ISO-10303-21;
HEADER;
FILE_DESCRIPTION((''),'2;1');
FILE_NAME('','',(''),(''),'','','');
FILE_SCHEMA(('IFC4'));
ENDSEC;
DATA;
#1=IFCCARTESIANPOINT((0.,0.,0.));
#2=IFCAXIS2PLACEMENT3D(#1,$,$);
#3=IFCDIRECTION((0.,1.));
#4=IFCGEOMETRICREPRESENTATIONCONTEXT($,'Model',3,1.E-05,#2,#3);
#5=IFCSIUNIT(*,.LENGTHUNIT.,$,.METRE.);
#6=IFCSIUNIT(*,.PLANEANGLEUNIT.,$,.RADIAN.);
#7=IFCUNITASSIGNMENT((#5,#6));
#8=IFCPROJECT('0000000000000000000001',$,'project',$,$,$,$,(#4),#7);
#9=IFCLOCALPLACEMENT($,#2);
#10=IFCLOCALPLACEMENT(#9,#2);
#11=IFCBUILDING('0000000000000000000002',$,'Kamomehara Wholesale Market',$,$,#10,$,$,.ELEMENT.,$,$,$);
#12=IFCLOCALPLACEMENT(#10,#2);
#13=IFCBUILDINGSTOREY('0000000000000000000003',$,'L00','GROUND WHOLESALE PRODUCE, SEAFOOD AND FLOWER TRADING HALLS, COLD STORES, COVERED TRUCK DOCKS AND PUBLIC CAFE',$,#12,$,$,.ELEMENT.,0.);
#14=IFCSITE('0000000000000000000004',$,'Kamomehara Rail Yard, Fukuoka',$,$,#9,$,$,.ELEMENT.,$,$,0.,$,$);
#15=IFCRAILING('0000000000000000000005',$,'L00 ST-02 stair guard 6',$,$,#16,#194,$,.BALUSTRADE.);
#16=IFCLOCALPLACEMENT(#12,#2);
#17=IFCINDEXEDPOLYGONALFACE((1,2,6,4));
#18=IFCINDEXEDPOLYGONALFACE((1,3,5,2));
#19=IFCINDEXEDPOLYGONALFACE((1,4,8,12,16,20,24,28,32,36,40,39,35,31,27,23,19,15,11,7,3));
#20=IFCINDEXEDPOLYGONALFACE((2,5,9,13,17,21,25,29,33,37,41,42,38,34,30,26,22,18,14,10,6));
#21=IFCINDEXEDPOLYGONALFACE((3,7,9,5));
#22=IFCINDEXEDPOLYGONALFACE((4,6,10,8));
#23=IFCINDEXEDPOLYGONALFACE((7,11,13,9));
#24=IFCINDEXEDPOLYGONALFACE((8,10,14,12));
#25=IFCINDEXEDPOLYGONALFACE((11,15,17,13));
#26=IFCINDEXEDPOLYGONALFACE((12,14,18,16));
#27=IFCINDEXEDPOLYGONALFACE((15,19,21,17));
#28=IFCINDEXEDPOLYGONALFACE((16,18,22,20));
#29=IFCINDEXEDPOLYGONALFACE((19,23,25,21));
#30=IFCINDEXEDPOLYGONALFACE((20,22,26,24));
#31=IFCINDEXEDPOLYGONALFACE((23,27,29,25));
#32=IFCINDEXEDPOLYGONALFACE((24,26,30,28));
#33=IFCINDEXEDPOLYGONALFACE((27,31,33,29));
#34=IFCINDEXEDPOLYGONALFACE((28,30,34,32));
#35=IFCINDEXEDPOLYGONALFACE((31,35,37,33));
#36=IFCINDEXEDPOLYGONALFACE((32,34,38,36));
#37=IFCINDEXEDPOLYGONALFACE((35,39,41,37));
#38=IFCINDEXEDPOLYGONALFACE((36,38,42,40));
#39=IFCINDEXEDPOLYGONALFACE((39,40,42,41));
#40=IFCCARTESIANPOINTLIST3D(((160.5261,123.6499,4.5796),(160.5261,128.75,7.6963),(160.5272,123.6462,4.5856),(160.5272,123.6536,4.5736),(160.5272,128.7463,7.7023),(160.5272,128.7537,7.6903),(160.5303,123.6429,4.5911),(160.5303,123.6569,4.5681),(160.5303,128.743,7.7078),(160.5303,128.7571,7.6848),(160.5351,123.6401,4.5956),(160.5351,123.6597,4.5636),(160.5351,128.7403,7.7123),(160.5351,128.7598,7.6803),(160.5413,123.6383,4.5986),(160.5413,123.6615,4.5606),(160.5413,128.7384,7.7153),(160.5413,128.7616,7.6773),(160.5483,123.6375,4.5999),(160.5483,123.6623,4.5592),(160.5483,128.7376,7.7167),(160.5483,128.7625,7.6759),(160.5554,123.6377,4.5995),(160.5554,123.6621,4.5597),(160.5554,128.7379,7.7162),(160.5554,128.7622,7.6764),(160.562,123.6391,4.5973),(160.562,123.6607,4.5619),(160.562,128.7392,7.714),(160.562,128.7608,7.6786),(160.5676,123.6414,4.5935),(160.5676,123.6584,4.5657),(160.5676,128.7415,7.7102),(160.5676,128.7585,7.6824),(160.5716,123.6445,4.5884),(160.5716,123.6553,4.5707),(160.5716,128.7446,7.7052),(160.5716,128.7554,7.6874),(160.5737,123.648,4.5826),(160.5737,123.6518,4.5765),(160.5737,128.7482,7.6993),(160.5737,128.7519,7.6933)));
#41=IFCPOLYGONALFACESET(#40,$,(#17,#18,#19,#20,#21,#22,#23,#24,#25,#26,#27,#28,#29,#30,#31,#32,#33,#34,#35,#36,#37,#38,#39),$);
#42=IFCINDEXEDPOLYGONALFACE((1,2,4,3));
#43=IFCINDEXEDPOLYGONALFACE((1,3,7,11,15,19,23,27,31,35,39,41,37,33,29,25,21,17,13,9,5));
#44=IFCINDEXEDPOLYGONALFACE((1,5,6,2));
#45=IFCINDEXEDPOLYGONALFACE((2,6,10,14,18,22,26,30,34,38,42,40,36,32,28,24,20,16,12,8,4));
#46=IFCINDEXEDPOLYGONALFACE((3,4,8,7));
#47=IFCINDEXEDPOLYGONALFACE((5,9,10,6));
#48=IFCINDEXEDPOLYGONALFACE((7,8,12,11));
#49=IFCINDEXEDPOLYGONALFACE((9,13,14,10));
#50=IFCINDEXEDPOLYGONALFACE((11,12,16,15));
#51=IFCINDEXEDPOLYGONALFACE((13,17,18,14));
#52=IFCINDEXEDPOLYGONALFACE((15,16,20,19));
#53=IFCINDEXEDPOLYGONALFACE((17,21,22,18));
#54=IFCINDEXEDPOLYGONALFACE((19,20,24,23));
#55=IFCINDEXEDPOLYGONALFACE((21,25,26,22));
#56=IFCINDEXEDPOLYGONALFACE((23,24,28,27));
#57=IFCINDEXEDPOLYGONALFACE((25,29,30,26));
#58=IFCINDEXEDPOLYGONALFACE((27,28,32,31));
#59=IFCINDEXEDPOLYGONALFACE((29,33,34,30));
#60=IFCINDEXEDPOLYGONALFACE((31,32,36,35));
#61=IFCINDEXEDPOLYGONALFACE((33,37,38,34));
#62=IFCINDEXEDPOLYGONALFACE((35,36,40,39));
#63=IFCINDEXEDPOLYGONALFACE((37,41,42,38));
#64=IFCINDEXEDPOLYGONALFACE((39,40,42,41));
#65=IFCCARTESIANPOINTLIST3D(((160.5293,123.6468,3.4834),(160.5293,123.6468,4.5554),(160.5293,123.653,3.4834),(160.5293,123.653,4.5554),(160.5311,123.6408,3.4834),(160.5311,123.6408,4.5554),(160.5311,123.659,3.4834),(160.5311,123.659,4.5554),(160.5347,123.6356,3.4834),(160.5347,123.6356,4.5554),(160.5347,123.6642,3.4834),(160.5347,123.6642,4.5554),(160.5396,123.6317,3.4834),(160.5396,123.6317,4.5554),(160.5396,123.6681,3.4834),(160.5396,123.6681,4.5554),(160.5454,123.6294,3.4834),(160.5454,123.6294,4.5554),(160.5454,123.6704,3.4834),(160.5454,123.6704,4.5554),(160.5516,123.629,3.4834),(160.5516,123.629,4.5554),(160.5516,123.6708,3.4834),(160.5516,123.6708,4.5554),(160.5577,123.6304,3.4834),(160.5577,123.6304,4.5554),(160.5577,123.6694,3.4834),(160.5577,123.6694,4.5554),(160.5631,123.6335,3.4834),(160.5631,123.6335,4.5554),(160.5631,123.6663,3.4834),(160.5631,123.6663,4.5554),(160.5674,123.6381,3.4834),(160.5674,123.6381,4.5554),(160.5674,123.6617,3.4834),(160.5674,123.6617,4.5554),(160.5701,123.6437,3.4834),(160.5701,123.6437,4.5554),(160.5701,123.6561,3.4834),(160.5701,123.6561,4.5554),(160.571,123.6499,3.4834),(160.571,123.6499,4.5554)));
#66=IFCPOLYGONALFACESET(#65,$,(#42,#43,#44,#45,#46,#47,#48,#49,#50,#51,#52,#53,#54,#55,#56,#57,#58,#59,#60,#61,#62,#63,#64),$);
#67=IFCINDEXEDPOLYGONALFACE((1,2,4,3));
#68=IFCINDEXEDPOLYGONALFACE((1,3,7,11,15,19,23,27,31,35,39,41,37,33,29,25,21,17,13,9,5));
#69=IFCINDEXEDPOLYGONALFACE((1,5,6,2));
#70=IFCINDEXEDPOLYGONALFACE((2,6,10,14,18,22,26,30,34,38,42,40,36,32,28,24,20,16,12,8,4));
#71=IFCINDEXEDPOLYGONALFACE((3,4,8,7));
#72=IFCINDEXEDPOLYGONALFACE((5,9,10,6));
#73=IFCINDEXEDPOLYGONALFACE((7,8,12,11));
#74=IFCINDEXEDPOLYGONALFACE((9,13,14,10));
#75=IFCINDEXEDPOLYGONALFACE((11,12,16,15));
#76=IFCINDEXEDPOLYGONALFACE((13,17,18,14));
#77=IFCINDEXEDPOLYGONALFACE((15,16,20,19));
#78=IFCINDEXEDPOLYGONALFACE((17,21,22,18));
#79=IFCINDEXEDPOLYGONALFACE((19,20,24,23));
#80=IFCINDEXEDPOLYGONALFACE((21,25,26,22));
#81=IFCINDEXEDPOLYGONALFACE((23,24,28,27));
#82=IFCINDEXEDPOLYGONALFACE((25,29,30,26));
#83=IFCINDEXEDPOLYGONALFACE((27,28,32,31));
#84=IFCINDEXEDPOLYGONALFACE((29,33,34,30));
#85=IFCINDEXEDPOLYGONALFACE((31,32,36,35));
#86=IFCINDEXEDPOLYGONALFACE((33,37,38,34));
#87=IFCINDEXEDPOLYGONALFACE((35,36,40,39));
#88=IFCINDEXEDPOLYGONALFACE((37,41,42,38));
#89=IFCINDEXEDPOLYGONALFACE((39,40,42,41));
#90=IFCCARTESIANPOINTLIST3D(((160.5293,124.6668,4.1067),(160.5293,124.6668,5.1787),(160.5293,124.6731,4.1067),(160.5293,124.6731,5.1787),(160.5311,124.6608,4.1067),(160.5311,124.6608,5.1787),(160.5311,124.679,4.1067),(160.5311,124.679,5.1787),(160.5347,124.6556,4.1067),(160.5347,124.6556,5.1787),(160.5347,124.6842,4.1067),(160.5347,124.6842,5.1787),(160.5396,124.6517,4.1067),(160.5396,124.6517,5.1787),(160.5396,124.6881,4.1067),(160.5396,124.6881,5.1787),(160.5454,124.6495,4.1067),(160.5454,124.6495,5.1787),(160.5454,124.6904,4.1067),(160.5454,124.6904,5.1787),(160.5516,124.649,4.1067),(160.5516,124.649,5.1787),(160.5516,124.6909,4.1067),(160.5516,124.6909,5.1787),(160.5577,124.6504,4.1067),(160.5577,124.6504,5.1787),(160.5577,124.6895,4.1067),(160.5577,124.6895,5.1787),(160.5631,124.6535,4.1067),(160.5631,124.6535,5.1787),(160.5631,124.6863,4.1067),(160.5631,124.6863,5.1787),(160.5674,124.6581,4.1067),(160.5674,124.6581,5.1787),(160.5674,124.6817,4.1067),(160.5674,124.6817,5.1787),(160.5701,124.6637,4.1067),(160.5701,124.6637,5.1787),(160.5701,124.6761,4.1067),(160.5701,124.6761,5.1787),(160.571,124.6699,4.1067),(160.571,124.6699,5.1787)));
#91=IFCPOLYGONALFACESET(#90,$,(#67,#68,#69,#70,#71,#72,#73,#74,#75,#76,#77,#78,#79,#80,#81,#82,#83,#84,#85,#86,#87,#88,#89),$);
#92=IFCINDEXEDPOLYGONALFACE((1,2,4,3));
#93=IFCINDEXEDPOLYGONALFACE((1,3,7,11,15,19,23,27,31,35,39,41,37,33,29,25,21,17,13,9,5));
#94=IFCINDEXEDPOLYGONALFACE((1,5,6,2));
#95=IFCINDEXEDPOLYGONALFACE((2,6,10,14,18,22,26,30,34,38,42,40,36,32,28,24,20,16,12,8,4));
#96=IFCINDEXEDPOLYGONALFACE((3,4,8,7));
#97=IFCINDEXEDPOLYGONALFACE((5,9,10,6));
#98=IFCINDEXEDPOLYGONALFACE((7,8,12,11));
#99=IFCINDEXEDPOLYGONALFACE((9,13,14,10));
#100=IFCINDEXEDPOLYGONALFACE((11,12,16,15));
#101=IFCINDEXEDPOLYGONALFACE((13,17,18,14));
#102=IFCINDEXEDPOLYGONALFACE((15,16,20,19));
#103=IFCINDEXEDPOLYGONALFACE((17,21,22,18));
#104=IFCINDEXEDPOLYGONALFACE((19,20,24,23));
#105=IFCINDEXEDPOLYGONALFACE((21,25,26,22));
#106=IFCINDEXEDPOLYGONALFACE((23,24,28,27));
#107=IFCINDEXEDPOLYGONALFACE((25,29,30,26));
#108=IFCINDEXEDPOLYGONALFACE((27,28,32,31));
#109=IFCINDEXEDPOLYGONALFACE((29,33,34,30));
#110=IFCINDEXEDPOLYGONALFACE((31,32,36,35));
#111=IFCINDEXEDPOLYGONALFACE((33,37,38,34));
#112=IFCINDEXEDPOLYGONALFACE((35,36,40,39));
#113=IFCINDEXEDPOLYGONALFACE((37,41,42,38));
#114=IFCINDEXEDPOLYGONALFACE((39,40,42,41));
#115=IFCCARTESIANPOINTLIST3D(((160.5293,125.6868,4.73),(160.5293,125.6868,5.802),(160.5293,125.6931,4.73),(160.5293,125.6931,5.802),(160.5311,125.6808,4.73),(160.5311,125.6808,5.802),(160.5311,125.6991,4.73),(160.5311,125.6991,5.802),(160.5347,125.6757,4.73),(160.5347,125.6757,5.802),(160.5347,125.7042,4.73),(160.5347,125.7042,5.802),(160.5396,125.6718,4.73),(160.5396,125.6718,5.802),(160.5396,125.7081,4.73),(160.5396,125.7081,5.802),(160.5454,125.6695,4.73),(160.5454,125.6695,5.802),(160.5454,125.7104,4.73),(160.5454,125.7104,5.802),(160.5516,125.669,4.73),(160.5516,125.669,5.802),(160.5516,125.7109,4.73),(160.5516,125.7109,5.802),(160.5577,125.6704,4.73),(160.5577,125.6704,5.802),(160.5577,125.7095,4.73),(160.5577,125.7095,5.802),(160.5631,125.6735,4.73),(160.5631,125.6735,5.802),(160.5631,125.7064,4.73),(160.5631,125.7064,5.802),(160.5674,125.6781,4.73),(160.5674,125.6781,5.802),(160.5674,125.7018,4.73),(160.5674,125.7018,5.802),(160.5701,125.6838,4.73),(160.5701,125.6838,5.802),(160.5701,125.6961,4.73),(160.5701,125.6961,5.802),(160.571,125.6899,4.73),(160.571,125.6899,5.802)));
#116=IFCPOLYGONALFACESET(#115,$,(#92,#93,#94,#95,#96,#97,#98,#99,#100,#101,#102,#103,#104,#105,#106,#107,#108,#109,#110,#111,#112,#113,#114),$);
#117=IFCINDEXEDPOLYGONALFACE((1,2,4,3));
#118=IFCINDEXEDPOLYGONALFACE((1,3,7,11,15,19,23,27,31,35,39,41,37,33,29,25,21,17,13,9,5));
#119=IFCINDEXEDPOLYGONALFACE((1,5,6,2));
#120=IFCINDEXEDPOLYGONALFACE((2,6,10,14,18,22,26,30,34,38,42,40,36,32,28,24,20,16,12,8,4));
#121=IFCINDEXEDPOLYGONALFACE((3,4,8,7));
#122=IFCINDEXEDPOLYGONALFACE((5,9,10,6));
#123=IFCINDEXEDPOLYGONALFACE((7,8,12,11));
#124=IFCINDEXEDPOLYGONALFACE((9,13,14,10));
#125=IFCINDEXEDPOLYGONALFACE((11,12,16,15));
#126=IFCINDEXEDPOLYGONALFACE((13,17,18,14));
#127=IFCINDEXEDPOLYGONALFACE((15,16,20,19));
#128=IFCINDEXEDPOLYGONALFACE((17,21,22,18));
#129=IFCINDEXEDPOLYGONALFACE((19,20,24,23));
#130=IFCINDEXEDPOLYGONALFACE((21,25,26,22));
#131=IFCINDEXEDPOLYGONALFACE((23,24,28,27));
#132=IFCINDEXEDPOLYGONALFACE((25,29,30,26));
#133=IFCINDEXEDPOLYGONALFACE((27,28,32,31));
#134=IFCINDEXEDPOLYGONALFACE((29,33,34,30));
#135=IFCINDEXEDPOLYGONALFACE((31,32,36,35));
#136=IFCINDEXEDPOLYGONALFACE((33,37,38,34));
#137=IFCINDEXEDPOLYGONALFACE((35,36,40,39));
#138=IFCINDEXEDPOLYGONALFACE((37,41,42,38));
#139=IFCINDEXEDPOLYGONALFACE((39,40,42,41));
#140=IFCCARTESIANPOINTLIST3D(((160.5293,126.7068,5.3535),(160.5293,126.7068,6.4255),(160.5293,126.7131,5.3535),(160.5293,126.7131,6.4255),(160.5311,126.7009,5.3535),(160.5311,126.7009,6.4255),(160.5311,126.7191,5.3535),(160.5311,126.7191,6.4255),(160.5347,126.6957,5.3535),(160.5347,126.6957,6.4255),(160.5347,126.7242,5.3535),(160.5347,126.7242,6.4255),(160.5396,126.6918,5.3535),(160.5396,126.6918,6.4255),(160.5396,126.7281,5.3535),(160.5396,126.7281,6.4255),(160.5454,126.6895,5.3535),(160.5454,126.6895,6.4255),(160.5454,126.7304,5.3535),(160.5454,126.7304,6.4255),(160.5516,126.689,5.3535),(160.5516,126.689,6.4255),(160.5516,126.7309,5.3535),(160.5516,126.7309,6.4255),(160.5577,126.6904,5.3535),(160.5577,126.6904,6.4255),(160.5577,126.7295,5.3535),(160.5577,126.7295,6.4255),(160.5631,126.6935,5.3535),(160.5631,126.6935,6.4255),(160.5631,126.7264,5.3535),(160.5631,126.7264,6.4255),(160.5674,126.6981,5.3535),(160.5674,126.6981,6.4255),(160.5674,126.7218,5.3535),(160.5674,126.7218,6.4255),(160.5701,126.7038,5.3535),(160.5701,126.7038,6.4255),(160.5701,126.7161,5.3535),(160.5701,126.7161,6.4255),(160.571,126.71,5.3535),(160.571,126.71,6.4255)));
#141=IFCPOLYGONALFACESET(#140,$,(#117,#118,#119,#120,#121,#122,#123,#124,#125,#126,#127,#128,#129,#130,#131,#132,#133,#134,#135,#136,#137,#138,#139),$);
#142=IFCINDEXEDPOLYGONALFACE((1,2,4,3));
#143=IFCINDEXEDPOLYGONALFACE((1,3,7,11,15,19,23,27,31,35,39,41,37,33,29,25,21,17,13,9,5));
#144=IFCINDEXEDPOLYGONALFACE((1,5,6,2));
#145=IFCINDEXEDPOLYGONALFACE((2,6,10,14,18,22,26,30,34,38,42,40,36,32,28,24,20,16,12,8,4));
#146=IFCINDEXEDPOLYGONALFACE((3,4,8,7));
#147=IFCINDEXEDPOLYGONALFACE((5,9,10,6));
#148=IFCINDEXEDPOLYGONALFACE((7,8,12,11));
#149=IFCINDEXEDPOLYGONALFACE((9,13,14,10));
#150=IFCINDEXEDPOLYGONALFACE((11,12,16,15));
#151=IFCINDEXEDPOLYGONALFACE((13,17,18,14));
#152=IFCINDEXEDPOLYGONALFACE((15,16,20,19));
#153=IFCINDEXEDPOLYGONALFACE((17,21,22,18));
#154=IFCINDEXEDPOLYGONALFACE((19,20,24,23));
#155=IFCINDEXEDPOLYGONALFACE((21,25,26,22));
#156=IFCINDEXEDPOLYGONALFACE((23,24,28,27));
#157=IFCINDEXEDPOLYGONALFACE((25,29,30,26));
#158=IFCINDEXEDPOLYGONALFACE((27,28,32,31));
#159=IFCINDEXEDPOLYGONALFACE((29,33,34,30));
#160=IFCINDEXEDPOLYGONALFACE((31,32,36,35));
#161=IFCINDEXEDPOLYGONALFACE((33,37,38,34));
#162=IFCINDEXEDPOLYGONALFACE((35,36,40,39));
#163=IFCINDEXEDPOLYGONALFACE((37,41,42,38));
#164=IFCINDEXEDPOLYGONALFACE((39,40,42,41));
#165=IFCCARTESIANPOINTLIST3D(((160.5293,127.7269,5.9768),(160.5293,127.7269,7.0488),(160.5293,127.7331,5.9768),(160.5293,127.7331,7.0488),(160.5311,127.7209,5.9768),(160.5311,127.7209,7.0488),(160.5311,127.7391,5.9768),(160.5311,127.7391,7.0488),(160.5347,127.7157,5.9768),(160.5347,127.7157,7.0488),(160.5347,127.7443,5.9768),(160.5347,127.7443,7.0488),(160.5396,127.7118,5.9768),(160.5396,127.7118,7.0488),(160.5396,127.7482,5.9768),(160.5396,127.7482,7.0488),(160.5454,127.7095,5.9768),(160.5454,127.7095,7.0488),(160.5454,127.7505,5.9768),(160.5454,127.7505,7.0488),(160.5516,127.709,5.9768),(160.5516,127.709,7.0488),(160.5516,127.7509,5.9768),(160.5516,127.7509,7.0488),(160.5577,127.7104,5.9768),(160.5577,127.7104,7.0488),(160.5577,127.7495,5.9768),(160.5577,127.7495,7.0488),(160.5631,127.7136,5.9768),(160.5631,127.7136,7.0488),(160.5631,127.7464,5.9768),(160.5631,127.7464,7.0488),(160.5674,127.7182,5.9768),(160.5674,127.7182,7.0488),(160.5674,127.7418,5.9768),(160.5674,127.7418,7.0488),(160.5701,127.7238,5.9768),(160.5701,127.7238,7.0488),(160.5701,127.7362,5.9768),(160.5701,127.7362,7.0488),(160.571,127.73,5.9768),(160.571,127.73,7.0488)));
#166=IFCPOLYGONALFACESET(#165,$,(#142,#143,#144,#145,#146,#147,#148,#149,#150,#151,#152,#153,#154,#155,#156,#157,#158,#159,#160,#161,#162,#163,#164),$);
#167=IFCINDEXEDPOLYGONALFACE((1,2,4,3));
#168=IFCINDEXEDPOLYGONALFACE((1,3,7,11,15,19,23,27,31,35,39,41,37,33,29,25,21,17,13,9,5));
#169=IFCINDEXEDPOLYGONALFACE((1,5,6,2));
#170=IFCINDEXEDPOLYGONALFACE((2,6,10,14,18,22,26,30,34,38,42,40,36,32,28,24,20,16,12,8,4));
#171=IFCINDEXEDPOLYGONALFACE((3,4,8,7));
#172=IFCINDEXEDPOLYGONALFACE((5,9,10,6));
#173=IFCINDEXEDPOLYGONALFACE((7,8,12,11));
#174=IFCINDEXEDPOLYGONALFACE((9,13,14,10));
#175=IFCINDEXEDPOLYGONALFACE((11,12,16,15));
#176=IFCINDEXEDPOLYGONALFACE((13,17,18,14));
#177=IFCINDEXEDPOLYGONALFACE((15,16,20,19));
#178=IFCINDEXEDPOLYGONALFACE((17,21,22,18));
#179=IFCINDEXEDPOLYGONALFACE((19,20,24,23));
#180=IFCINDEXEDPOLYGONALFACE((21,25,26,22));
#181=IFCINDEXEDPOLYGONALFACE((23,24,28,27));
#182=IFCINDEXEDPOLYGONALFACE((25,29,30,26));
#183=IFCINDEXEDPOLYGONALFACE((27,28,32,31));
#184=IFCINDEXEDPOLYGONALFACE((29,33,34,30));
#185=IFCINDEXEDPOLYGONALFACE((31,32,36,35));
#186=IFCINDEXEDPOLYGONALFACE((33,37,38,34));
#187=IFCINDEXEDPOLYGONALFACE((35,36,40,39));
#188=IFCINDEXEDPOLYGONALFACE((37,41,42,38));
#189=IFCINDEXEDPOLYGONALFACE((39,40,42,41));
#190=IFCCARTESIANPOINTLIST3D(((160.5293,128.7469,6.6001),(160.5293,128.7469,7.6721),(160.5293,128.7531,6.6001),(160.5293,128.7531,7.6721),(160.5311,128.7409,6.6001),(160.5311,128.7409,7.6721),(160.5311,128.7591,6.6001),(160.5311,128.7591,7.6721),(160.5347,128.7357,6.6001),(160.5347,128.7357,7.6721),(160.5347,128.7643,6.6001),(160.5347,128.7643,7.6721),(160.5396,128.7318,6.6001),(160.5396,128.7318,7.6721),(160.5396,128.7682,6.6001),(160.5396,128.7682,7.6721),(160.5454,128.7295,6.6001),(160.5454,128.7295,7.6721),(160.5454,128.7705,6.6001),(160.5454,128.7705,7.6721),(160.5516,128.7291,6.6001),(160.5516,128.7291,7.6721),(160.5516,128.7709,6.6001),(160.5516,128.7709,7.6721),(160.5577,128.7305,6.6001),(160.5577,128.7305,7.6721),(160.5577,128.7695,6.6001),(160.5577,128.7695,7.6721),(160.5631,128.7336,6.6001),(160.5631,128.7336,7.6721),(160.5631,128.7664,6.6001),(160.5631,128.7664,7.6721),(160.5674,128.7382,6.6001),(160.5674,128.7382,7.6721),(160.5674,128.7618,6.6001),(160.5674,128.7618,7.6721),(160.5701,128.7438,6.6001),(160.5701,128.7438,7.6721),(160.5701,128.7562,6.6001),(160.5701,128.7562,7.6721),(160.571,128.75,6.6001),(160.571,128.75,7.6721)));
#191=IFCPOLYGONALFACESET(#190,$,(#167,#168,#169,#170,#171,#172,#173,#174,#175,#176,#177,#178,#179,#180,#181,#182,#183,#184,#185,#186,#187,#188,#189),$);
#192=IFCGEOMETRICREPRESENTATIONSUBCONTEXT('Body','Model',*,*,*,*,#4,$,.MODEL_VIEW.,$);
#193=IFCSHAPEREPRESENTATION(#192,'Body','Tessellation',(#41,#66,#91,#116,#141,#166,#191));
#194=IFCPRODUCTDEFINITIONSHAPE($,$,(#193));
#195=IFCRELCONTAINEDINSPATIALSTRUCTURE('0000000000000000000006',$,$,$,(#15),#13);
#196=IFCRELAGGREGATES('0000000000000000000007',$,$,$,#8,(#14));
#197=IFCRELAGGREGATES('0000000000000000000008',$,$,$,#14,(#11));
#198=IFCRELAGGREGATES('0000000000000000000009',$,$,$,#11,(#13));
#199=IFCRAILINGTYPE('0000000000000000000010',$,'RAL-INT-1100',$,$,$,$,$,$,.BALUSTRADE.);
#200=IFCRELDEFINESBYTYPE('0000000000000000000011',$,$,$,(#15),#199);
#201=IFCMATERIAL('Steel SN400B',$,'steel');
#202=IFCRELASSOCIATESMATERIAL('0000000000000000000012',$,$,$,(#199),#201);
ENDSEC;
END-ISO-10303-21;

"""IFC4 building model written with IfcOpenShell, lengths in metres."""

from ifc_helpers import new_model, si_unit, direction, frame, origin, origin_2d, place, context, subcontext, project, spatial, circle, extrude, material, type_object, element, save


model = new_model("IFC4")

# Units and contexts
model_context = context("Model", 3, precision=1e-05, world=origin(), true_north=direction((0.0, 1.0)))
body_context = subcontext(model_context, "Body", "Model", "MODEL_VIEW")
ifc_project = project(units=[si_unit("LENGTHUNIT", "METRE"), si_unit("PLANEANGLEUNIT", "RADIAN")], contexts=[model_context])

# Site, building, storey
site_placement = place(None, origin())
site = spatial("IfcSite", under=ifc_project, at=site_placement, Name="Kamomehara Rail Yard, Fukuoka", CompositionType="ELEMENT", RefElevation=0.0)
building_placement = place(site_placement, origin())
building = spatial("IfcBuilding", under=site, at=building_placement, Name="Kamomehara Wholesale Market", CompositionType="ELEMENT")
storey_placement = place(building_placement, origin())
storey = spatial("IfcBuildingStorey", under=building, at=storey_placement, Name="L00", Description="GROUND WHOLESALE PRODUCE, SEAFOOD AND FLOWER TRADING HALLS, COLD STORES, COVERED TRUCK DOCKS AND PUBLIC CAFE", CompositionType="ELEMENT", Elevation=0.0)

# Railing
ifc_material_1 = material(Name="Steel SN400B", Category="steel")
railing_type = type_object("IfcRailingType", Name="RAL-INT-1100", PredefinedType="BALUSTRADE", material=ifc_material_1)
railing_1_placement = place(storey_placement, frame((160.55, 123.6499, 3.4834)))
element("IfcRailing", 1, at=railing_1_placement, inside=storey, type_object=railing_type, Name="L00 ST-02 stair guard 6", PredefinedType="BALUSTRADE", context=body_context, shape_type="SweptSolid", body=[
    extrude(circle(Radius=0.0239, at=origin_2d()), frame((0.0, 0.0, 1.0962), z_axis=(0.0, 0.853284, 0.521447), x_axis=(-1.0, 0.0, 0.0)), (0.0, 0.0, 1.0), 5.9771),
    extrude(circle(Radius=0.021, at=origin_2d()), origin(), (0.0, 0.0, 1.0), 1.072),
    extrude(circle(Radius=0.021, at=origin_2d()), frame((0.0, 1.02, 0.6233)), (0.0, 0.0, 1.0), 1.072),
    extrude(circle(Radius=0.021, at=origin_2d()), frame((0.0, 2.04, 1.2466)), (0.0, 0.0, 1.0), 1.072),
    extrude(circle(Radius=0.021, at=origin_2d()), frame((0.0, 3.0601, 1.8701)), (0.0, 0.0, 1.0), 1.072),
    extrude(circle(Radius=0.021, at=origin_2d()), frame((0.0, 4.0801, 2.4934)), (0.0, 0.0, 1.0), 1.072),
    extrude(circle(Radius=0.021, at=origin_2d()), frame((0.0, 5.1001, 3.1167)), (0.0, 0.0, 1.0), 1.072),
])

save(model, "model.ifc")
